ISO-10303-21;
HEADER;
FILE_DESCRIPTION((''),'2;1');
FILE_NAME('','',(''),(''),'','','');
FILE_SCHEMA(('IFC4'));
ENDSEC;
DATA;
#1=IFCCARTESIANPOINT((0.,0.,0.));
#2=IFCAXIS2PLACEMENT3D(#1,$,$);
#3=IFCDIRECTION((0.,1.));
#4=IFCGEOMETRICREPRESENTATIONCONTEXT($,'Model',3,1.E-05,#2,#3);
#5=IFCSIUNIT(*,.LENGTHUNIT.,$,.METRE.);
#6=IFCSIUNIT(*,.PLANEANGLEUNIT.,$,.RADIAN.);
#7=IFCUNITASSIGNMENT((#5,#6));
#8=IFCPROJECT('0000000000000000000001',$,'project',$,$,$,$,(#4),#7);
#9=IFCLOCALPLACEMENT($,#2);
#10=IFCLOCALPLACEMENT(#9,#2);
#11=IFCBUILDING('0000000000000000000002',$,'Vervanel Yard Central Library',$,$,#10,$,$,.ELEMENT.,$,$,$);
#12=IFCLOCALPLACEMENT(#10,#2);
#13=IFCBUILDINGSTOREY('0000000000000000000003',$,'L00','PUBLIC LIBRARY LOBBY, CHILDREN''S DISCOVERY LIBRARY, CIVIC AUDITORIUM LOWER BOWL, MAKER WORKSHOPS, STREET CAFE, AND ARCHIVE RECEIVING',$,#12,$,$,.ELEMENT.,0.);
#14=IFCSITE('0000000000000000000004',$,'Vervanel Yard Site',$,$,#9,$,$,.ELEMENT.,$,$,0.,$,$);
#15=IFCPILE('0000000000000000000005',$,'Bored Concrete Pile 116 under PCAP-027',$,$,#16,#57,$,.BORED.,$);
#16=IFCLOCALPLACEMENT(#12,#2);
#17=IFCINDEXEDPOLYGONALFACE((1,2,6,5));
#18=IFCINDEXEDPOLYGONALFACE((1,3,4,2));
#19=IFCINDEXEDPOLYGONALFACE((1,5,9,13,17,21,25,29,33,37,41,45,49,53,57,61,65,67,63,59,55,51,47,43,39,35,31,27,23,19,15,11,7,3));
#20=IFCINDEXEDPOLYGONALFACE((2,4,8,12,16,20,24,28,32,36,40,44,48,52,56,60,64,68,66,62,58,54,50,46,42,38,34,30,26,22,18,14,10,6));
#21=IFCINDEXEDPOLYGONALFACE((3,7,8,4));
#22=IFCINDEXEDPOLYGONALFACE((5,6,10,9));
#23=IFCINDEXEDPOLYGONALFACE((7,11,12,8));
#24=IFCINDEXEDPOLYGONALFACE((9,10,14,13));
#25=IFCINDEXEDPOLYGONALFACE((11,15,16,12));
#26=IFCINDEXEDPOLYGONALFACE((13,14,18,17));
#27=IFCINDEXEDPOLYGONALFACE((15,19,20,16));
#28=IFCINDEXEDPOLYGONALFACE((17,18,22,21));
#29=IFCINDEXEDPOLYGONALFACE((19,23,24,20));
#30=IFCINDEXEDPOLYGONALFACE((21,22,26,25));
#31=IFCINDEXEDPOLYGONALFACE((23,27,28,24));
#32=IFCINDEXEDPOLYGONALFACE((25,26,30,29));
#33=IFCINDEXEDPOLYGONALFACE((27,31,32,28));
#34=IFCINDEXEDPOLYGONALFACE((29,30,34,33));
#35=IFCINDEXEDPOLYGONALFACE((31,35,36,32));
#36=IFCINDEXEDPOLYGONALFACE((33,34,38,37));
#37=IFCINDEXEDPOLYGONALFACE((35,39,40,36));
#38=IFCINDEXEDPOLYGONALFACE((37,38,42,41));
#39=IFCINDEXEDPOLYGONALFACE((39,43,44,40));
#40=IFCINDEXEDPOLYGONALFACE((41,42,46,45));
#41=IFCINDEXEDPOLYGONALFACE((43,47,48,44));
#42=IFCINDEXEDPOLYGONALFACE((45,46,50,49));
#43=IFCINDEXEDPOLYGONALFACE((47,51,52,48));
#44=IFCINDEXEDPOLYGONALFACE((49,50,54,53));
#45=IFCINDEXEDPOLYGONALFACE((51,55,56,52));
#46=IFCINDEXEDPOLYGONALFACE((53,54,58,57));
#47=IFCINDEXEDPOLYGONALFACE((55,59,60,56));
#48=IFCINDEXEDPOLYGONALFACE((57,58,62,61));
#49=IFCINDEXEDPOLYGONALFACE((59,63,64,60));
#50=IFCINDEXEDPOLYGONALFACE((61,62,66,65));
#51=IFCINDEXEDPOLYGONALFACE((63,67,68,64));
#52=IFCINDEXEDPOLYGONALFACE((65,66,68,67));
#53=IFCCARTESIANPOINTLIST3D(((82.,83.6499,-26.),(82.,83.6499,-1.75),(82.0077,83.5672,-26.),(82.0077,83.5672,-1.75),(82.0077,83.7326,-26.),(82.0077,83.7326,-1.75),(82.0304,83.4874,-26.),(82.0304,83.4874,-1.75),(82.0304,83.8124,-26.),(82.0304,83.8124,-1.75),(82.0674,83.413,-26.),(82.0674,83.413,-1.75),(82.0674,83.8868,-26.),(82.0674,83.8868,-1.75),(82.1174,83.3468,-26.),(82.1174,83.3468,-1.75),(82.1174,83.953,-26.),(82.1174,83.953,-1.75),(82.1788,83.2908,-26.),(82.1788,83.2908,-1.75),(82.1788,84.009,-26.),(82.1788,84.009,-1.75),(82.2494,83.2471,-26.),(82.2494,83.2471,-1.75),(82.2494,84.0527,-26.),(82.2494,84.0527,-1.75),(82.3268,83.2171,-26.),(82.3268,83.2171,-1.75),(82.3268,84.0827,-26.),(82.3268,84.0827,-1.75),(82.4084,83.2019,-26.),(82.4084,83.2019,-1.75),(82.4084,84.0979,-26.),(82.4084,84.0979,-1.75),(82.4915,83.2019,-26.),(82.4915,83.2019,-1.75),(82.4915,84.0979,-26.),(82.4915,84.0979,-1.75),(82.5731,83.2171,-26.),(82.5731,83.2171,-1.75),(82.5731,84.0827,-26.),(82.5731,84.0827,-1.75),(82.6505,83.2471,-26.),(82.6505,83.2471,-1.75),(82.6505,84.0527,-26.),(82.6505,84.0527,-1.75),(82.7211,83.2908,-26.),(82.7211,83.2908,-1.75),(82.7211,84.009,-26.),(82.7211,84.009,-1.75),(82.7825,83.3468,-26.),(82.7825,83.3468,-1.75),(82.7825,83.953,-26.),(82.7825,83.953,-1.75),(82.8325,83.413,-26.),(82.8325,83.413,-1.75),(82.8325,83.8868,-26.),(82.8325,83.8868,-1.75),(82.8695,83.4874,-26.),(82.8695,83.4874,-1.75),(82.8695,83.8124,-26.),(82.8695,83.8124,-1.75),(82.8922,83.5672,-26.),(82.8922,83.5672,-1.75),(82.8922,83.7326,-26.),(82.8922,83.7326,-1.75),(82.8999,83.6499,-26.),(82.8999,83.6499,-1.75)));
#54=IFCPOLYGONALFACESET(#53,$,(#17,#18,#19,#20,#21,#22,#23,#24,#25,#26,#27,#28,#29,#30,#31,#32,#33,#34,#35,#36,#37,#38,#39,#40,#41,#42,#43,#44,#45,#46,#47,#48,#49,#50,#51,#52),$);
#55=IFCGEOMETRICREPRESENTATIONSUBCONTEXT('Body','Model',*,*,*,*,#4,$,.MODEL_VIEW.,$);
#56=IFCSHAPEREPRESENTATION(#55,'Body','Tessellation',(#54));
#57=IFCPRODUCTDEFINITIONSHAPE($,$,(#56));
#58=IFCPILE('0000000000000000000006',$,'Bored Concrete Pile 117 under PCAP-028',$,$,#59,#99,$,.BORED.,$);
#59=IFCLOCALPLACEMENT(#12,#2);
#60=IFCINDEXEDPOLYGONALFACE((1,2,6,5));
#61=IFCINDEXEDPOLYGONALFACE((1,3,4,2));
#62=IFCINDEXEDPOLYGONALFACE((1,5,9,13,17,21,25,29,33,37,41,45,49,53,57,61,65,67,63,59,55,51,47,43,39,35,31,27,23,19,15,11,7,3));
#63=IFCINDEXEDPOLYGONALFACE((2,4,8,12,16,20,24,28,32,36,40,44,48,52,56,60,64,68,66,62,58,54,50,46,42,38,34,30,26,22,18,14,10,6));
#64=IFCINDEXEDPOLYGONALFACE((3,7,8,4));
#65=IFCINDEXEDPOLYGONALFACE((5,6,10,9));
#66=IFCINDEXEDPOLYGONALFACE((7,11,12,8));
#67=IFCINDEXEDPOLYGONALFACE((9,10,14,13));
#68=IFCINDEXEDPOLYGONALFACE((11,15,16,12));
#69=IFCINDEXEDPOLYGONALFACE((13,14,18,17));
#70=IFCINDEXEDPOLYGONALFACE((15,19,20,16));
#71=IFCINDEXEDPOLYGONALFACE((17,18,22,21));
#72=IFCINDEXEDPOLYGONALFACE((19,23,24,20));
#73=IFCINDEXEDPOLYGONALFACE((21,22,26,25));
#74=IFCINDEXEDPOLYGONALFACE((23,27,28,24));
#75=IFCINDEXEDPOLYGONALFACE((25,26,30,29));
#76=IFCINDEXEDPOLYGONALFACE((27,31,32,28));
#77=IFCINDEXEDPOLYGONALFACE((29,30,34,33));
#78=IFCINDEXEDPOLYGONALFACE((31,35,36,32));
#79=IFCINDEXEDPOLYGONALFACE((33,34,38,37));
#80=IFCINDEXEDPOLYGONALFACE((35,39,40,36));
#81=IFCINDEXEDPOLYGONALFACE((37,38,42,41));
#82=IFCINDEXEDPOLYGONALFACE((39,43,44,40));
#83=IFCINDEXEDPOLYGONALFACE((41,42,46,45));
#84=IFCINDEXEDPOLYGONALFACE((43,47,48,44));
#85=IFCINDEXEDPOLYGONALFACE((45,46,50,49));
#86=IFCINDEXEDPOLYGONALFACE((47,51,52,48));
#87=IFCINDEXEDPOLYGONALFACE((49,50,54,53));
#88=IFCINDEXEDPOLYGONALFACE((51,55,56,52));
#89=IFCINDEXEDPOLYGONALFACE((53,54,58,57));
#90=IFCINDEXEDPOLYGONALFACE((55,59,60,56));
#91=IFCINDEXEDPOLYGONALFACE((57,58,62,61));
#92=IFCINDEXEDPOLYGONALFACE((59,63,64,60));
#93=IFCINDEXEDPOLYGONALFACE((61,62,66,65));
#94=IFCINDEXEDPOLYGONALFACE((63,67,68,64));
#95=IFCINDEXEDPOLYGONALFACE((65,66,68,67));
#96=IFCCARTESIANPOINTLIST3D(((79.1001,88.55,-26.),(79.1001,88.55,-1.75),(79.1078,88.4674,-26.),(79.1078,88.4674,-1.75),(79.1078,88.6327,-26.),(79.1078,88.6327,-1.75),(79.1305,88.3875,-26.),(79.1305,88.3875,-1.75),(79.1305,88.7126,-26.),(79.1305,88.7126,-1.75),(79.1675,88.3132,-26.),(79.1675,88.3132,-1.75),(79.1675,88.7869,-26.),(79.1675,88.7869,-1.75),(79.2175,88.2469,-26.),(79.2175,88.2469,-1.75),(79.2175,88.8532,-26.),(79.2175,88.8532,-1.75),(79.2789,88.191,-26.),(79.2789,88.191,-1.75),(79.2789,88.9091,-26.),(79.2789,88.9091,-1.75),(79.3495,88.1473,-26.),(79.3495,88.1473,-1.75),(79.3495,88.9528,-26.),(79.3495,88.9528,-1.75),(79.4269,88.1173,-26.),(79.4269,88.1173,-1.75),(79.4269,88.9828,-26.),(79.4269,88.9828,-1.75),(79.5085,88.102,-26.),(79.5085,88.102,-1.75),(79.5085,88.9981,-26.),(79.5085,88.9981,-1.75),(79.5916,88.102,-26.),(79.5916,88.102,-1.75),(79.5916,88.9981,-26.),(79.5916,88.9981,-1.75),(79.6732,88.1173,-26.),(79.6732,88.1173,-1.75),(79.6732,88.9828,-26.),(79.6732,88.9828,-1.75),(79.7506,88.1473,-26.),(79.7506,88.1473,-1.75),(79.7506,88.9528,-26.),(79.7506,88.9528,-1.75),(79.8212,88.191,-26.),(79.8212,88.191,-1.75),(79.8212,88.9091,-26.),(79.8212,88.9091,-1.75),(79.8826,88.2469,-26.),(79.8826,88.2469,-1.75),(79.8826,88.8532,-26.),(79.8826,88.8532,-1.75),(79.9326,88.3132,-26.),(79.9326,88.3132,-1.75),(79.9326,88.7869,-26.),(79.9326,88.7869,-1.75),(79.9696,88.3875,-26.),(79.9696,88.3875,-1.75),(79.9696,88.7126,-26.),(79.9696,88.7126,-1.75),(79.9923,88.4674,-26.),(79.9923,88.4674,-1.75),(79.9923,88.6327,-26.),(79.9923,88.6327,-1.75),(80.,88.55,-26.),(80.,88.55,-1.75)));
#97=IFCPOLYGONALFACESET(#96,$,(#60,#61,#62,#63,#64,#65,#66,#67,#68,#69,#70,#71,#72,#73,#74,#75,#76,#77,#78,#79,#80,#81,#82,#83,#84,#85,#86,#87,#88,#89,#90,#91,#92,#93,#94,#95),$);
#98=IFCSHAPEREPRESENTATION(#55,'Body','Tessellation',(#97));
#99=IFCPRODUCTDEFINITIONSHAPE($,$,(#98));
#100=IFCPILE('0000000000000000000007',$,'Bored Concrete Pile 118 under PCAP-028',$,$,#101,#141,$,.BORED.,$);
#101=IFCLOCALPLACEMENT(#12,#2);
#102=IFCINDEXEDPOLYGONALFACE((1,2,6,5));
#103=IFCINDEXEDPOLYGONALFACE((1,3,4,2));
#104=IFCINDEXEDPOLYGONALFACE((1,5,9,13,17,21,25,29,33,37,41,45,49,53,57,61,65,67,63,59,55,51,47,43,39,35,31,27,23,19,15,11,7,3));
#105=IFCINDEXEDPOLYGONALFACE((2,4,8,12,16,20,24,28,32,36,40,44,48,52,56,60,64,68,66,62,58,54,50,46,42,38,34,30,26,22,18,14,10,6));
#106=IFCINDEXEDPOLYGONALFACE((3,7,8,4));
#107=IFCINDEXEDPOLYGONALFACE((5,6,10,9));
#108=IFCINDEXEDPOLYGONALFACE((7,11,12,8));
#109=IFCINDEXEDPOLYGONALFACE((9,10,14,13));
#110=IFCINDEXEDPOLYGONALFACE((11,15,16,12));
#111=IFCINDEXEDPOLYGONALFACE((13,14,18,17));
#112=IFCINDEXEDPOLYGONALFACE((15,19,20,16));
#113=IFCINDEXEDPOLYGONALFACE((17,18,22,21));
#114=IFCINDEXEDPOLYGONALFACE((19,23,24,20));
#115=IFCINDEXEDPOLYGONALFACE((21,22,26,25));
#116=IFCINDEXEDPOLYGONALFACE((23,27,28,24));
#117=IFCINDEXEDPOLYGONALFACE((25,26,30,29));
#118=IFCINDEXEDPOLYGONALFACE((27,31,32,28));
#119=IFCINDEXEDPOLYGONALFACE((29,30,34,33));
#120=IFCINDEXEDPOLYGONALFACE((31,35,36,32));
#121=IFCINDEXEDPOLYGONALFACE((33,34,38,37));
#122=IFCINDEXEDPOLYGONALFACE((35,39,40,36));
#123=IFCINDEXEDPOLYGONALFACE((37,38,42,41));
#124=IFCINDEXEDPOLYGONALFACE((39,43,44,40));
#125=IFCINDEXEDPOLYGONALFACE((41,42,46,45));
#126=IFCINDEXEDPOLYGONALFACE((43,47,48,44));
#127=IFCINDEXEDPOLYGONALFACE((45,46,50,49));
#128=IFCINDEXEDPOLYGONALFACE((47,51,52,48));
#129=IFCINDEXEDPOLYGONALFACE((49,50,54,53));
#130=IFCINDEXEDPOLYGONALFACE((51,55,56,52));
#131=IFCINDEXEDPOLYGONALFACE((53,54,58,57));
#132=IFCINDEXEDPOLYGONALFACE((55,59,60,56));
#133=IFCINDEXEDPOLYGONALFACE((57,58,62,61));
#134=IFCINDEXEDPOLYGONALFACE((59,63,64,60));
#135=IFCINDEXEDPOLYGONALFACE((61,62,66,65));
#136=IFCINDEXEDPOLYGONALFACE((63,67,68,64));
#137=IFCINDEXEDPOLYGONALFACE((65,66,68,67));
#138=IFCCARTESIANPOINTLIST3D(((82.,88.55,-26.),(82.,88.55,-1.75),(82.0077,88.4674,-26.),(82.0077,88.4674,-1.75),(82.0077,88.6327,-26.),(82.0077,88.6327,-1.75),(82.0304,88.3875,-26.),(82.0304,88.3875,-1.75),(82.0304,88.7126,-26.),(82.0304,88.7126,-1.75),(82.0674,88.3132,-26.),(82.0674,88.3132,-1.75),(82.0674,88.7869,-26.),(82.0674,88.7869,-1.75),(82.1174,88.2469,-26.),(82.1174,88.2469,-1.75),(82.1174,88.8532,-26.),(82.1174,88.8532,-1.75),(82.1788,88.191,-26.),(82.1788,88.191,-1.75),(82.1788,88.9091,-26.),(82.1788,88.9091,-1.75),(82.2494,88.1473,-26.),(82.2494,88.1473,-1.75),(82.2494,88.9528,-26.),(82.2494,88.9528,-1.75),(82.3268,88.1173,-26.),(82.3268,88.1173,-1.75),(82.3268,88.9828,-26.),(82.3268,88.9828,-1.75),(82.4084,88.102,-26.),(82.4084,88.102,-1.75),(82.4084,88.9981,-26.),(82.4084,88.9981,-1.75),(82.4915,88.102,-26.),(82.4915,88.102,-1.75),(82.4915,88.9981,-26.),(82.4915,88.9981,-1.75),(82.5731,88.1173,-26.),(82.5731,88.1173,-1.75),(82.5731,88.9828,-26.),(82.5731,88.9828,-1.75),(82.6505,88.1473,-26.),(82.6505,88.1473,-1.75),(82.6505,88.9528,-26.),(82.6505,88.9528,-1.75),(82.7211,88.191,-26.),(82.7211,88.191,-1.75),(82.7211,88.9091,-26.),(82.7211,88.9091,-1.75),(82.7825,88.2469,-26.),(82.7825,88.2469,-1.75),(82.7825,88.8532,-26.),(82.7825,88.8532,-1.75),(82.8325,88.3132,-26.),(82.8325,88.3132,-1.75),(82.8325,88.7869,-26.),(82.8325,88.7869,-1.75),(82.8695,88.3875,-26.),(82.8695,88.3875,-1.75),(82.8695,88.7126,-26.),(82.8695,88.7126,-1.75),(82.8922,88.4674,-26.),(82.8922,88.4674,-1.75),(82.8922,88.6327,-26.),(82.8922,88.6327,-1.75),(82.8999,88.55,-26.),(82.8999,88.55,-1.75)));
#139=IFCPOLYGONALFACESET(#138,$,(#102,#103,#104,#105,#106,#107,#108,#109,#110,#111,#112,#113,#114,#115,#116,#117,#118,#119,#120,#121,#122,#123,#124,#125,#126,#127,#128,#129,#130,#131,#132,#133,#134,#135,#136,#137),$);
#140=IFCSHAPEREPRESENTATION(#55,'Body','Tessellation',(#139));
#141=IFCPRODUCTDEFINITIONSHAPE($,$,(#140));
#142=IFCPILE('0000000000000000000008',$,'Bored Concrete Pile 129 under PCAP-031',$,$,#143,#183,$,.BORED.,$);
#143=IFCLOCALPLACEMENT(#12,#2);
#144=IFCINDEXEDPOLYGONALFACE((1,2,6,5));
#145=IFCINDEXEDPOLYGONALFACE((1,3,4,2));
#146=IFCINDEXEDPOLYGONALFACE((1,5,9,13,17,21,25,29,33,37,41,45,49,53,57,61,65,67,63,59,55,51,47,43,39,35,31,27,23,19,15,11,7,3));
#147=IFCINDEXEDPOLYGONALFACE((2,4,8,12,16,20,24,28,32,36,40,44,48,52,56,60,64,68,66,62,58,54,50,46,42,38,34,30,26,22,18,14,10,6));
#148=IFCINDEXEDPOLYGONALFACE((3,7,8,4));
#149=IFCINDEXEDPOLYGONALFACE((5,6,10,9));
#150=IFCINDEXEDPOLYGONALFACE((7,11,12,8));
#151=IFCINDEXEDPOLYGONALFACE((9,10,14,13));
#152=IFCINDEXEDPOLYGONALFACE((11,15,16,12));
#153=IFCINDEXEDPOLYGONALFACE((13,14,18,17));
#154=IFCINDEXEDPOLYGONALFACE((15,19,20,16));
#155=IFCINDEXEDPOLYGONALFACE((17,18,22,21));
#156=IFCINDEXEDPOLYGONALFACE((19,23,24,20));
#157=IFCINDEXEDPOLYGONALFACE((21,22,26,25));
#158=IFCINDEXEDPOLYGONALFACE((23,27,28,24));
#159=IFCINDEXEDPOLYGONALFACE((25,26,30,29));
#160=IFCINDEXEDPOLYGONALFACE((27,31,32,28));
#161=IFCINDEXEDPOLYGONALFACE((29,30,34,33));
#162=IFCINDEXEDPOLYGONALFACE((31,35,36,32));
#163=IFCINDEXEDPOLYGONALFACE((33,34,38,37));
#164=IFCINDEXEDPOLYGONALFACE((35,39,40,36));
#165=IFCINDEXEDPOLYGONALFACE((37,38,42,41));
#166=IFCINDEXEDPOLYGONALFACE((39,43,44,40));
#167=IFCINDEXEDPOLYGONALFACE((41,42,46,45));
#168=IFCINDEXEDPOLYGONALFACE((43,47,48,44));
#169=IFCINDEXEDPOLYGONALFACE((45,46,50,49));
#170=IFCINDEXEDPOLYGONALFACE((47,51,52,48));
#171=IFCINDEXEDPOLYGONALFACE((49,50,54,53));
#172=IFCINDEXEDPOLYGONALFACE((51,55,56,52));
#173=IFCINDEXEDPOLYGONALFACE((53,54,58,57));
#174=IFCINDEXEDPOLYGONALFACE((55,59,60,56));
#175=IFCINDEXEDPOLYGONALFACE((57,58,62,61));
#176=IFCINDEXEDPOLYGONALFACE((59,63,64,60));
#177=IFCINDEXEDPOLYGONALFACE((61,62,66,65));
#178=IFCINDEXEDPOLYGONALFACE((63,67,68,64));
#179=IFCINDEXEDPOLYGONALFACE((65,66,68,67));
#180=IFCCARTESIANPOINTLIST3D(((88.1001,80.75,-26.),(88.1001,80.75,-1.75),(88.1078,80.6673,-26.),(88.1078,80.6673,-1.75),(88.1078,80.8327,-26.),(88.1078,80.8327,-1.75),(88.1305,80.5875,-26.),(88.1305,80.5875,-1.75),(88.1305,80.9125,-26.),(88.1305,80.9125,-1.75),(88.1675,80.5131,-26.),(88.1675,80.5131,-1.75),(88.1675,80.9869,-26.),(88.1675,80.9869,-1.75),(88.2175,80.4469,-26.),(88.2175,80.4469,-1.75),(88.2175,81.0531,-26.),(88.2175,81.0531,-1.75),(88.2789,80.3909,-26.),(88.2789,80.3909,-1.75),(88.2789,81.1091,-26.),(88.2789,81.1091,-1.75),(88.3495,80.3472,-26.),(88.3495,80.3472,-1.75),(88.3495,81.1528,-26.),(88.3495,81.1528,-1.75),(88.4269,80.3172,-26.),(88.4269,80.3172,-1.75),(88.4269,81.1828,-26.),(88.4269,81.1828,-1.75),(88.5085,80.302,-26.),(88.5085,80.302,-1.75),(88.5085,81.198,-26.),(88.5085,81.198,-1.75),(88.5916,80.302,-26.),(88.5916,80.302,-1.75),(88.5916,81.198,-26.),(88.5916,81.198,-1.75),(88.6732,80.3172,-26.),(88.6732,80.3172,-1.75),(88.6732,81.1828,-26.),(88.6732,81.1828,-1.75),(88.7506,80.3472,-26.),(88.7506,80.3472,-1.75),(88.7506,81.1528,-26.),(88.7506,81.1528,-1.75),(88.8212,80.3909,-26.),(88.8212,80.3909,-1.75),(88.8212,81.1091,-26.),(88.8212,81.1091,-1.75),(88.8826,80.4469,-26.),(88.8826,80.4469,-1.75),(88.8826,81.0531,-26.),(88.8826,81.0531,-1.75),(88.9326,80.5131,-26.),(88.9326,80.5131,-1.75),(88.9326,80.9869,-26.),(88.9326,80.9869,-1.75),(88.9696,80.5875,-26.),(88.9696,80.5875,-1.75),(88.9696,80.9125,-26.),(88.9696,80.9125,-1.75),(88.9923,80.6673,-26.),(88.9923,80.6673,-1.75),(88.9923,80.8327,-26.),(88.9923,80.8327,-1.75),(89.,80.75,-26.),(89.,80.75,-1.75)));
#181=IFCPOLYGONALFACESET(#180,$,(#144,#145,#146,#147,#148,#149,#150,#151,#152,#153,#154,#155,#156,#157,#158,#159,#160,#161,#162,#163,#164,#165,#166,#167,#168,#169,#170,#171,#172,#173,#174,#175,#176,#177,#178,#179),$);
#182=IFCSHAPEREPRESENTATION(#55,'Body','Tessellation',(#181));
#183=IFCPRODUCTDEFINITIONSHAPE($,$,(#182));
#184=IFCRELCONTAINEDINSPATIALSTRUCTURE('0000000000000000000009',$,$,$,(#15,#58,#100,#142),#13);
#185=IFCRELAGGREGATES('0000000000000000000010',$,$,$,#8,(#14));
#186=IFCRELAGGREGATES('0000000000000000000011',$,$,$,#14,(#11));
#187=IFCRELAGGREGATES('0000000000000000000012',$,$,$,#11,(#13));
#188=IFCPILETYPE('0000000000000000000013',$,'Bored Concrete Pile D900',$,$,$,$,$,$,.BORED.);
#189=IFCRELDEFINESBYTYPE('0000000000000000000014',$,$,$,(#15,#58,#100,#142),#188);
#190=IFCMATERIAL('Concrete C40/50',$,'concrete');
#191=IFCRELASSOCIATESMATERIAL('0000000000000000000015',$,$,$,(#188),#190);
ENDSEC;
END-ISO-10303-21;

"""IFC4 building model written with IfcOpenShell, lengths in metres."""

from ifc_helpers import new_model, si_unit, direction, frame, origin, origin_2d, place, context, subcontext, project, spatial, circle, extrude, material, material_profile, profile_set, type_object, element, save


model = new_model("IFC4")

# Units and contexts
model_context = context("Model", 3, precision=1e-05, world=origin(), true_north=direction((0.0, 1.0)))
body_context = subcontext(model_context, "Body", "Model", "MODEL_VIEW")
ifc_project = project(units=[si_unit("LENGTHUNIT", "METRE"), si_unit("PLANEANGLEUNIT", "RADIAN")], contexts=[model_context])

# Site, building, storey
site_placement = place(None, origin())
site = spatial("IfcSite", under=ifc_project, at=site_placement, Name="Vervanel Yard Site", CompositionType="ELEMENT", RefElevation=0.0)
building_placement = place(site_placement, origin())
building = spatial("IfcBuilding", under=site, at=building_placement, Name="Vervanel Yard Central Library", CompositionType="ELEMENT")
storey_placement = place(building_placement, origin())
storey = spatial("IfcBuildingStorey", under=building, at=storey_placement, Name="L00", Description="PUBLIC LIBRARY LOBBY, CHILDREN'S DISCOVERY LIBRARY, CIVIC AUDITORIUM LOWER BOWL, MAKER WORKSHOPS, STREET CAFE, AND ARCHIVE RECEIVING", CompositionType="ELEMENT", Elevation=0.0)

# Piles
ifc_material_1 = material(Name="Concrete C40/50", Category="concrete")
ifc_material_profile_1 = material_profile(ifc_material_1, circle(Radius=0.45, at=origin_2d()), Name="BP D900", Category="concrete")
ifc_profile_set_1 = profile_set([ifc_material_profile_1], Name="Concrete C40/50")
pile_type_1 = type_object("IfcPileType", Name="Bored Concrete Pile D900", PredefinedType="BORED", material=ifc_profile_set_1)
for number, where, z_axis, x_axis, name in (
    (1, (82.45, 83.6499, -1.75), (0.0, 0.0, -1.0), (1.0, 0.0, 0.0), "Bored Concrete Pile 116 under PCAP-027"),
    (2, (79.55, 88.55, -1.75), (0.0, 0.0, -1.0), (1.0, 0.0, 0.0), "Bored Concrete Pile 117 under PCAP-028"),
    (3, (82.45, 88.55, -1.75), (0.0, 0.0, -1.0), (1.0, 0.0, 0.0), "Bored Concrete Pile 118 under PCAP-028"),
    (4, (88.55, 80.75, -1.75), (0.0, 0.0, -1.0), (1.0, 0.0, 0.0), "Bored Concrete Pile 129 under PCAP-031"),
):
    element("IfcPile", number, at=place(storey_placement, frame(where, z_axis=z_axis, x_axis=x_axis)), inside=storey, type_object=pile_type_1, Name=name, PredefinedType="BORED", context=body_context, shape_type="SweptSolid", body=[
        extrude(circle(Radius=0.45, at=origin_2d()), origin(), (0.0, 0.0, 1.0), 24.25),
    ])

save(model, "model.ifc")
